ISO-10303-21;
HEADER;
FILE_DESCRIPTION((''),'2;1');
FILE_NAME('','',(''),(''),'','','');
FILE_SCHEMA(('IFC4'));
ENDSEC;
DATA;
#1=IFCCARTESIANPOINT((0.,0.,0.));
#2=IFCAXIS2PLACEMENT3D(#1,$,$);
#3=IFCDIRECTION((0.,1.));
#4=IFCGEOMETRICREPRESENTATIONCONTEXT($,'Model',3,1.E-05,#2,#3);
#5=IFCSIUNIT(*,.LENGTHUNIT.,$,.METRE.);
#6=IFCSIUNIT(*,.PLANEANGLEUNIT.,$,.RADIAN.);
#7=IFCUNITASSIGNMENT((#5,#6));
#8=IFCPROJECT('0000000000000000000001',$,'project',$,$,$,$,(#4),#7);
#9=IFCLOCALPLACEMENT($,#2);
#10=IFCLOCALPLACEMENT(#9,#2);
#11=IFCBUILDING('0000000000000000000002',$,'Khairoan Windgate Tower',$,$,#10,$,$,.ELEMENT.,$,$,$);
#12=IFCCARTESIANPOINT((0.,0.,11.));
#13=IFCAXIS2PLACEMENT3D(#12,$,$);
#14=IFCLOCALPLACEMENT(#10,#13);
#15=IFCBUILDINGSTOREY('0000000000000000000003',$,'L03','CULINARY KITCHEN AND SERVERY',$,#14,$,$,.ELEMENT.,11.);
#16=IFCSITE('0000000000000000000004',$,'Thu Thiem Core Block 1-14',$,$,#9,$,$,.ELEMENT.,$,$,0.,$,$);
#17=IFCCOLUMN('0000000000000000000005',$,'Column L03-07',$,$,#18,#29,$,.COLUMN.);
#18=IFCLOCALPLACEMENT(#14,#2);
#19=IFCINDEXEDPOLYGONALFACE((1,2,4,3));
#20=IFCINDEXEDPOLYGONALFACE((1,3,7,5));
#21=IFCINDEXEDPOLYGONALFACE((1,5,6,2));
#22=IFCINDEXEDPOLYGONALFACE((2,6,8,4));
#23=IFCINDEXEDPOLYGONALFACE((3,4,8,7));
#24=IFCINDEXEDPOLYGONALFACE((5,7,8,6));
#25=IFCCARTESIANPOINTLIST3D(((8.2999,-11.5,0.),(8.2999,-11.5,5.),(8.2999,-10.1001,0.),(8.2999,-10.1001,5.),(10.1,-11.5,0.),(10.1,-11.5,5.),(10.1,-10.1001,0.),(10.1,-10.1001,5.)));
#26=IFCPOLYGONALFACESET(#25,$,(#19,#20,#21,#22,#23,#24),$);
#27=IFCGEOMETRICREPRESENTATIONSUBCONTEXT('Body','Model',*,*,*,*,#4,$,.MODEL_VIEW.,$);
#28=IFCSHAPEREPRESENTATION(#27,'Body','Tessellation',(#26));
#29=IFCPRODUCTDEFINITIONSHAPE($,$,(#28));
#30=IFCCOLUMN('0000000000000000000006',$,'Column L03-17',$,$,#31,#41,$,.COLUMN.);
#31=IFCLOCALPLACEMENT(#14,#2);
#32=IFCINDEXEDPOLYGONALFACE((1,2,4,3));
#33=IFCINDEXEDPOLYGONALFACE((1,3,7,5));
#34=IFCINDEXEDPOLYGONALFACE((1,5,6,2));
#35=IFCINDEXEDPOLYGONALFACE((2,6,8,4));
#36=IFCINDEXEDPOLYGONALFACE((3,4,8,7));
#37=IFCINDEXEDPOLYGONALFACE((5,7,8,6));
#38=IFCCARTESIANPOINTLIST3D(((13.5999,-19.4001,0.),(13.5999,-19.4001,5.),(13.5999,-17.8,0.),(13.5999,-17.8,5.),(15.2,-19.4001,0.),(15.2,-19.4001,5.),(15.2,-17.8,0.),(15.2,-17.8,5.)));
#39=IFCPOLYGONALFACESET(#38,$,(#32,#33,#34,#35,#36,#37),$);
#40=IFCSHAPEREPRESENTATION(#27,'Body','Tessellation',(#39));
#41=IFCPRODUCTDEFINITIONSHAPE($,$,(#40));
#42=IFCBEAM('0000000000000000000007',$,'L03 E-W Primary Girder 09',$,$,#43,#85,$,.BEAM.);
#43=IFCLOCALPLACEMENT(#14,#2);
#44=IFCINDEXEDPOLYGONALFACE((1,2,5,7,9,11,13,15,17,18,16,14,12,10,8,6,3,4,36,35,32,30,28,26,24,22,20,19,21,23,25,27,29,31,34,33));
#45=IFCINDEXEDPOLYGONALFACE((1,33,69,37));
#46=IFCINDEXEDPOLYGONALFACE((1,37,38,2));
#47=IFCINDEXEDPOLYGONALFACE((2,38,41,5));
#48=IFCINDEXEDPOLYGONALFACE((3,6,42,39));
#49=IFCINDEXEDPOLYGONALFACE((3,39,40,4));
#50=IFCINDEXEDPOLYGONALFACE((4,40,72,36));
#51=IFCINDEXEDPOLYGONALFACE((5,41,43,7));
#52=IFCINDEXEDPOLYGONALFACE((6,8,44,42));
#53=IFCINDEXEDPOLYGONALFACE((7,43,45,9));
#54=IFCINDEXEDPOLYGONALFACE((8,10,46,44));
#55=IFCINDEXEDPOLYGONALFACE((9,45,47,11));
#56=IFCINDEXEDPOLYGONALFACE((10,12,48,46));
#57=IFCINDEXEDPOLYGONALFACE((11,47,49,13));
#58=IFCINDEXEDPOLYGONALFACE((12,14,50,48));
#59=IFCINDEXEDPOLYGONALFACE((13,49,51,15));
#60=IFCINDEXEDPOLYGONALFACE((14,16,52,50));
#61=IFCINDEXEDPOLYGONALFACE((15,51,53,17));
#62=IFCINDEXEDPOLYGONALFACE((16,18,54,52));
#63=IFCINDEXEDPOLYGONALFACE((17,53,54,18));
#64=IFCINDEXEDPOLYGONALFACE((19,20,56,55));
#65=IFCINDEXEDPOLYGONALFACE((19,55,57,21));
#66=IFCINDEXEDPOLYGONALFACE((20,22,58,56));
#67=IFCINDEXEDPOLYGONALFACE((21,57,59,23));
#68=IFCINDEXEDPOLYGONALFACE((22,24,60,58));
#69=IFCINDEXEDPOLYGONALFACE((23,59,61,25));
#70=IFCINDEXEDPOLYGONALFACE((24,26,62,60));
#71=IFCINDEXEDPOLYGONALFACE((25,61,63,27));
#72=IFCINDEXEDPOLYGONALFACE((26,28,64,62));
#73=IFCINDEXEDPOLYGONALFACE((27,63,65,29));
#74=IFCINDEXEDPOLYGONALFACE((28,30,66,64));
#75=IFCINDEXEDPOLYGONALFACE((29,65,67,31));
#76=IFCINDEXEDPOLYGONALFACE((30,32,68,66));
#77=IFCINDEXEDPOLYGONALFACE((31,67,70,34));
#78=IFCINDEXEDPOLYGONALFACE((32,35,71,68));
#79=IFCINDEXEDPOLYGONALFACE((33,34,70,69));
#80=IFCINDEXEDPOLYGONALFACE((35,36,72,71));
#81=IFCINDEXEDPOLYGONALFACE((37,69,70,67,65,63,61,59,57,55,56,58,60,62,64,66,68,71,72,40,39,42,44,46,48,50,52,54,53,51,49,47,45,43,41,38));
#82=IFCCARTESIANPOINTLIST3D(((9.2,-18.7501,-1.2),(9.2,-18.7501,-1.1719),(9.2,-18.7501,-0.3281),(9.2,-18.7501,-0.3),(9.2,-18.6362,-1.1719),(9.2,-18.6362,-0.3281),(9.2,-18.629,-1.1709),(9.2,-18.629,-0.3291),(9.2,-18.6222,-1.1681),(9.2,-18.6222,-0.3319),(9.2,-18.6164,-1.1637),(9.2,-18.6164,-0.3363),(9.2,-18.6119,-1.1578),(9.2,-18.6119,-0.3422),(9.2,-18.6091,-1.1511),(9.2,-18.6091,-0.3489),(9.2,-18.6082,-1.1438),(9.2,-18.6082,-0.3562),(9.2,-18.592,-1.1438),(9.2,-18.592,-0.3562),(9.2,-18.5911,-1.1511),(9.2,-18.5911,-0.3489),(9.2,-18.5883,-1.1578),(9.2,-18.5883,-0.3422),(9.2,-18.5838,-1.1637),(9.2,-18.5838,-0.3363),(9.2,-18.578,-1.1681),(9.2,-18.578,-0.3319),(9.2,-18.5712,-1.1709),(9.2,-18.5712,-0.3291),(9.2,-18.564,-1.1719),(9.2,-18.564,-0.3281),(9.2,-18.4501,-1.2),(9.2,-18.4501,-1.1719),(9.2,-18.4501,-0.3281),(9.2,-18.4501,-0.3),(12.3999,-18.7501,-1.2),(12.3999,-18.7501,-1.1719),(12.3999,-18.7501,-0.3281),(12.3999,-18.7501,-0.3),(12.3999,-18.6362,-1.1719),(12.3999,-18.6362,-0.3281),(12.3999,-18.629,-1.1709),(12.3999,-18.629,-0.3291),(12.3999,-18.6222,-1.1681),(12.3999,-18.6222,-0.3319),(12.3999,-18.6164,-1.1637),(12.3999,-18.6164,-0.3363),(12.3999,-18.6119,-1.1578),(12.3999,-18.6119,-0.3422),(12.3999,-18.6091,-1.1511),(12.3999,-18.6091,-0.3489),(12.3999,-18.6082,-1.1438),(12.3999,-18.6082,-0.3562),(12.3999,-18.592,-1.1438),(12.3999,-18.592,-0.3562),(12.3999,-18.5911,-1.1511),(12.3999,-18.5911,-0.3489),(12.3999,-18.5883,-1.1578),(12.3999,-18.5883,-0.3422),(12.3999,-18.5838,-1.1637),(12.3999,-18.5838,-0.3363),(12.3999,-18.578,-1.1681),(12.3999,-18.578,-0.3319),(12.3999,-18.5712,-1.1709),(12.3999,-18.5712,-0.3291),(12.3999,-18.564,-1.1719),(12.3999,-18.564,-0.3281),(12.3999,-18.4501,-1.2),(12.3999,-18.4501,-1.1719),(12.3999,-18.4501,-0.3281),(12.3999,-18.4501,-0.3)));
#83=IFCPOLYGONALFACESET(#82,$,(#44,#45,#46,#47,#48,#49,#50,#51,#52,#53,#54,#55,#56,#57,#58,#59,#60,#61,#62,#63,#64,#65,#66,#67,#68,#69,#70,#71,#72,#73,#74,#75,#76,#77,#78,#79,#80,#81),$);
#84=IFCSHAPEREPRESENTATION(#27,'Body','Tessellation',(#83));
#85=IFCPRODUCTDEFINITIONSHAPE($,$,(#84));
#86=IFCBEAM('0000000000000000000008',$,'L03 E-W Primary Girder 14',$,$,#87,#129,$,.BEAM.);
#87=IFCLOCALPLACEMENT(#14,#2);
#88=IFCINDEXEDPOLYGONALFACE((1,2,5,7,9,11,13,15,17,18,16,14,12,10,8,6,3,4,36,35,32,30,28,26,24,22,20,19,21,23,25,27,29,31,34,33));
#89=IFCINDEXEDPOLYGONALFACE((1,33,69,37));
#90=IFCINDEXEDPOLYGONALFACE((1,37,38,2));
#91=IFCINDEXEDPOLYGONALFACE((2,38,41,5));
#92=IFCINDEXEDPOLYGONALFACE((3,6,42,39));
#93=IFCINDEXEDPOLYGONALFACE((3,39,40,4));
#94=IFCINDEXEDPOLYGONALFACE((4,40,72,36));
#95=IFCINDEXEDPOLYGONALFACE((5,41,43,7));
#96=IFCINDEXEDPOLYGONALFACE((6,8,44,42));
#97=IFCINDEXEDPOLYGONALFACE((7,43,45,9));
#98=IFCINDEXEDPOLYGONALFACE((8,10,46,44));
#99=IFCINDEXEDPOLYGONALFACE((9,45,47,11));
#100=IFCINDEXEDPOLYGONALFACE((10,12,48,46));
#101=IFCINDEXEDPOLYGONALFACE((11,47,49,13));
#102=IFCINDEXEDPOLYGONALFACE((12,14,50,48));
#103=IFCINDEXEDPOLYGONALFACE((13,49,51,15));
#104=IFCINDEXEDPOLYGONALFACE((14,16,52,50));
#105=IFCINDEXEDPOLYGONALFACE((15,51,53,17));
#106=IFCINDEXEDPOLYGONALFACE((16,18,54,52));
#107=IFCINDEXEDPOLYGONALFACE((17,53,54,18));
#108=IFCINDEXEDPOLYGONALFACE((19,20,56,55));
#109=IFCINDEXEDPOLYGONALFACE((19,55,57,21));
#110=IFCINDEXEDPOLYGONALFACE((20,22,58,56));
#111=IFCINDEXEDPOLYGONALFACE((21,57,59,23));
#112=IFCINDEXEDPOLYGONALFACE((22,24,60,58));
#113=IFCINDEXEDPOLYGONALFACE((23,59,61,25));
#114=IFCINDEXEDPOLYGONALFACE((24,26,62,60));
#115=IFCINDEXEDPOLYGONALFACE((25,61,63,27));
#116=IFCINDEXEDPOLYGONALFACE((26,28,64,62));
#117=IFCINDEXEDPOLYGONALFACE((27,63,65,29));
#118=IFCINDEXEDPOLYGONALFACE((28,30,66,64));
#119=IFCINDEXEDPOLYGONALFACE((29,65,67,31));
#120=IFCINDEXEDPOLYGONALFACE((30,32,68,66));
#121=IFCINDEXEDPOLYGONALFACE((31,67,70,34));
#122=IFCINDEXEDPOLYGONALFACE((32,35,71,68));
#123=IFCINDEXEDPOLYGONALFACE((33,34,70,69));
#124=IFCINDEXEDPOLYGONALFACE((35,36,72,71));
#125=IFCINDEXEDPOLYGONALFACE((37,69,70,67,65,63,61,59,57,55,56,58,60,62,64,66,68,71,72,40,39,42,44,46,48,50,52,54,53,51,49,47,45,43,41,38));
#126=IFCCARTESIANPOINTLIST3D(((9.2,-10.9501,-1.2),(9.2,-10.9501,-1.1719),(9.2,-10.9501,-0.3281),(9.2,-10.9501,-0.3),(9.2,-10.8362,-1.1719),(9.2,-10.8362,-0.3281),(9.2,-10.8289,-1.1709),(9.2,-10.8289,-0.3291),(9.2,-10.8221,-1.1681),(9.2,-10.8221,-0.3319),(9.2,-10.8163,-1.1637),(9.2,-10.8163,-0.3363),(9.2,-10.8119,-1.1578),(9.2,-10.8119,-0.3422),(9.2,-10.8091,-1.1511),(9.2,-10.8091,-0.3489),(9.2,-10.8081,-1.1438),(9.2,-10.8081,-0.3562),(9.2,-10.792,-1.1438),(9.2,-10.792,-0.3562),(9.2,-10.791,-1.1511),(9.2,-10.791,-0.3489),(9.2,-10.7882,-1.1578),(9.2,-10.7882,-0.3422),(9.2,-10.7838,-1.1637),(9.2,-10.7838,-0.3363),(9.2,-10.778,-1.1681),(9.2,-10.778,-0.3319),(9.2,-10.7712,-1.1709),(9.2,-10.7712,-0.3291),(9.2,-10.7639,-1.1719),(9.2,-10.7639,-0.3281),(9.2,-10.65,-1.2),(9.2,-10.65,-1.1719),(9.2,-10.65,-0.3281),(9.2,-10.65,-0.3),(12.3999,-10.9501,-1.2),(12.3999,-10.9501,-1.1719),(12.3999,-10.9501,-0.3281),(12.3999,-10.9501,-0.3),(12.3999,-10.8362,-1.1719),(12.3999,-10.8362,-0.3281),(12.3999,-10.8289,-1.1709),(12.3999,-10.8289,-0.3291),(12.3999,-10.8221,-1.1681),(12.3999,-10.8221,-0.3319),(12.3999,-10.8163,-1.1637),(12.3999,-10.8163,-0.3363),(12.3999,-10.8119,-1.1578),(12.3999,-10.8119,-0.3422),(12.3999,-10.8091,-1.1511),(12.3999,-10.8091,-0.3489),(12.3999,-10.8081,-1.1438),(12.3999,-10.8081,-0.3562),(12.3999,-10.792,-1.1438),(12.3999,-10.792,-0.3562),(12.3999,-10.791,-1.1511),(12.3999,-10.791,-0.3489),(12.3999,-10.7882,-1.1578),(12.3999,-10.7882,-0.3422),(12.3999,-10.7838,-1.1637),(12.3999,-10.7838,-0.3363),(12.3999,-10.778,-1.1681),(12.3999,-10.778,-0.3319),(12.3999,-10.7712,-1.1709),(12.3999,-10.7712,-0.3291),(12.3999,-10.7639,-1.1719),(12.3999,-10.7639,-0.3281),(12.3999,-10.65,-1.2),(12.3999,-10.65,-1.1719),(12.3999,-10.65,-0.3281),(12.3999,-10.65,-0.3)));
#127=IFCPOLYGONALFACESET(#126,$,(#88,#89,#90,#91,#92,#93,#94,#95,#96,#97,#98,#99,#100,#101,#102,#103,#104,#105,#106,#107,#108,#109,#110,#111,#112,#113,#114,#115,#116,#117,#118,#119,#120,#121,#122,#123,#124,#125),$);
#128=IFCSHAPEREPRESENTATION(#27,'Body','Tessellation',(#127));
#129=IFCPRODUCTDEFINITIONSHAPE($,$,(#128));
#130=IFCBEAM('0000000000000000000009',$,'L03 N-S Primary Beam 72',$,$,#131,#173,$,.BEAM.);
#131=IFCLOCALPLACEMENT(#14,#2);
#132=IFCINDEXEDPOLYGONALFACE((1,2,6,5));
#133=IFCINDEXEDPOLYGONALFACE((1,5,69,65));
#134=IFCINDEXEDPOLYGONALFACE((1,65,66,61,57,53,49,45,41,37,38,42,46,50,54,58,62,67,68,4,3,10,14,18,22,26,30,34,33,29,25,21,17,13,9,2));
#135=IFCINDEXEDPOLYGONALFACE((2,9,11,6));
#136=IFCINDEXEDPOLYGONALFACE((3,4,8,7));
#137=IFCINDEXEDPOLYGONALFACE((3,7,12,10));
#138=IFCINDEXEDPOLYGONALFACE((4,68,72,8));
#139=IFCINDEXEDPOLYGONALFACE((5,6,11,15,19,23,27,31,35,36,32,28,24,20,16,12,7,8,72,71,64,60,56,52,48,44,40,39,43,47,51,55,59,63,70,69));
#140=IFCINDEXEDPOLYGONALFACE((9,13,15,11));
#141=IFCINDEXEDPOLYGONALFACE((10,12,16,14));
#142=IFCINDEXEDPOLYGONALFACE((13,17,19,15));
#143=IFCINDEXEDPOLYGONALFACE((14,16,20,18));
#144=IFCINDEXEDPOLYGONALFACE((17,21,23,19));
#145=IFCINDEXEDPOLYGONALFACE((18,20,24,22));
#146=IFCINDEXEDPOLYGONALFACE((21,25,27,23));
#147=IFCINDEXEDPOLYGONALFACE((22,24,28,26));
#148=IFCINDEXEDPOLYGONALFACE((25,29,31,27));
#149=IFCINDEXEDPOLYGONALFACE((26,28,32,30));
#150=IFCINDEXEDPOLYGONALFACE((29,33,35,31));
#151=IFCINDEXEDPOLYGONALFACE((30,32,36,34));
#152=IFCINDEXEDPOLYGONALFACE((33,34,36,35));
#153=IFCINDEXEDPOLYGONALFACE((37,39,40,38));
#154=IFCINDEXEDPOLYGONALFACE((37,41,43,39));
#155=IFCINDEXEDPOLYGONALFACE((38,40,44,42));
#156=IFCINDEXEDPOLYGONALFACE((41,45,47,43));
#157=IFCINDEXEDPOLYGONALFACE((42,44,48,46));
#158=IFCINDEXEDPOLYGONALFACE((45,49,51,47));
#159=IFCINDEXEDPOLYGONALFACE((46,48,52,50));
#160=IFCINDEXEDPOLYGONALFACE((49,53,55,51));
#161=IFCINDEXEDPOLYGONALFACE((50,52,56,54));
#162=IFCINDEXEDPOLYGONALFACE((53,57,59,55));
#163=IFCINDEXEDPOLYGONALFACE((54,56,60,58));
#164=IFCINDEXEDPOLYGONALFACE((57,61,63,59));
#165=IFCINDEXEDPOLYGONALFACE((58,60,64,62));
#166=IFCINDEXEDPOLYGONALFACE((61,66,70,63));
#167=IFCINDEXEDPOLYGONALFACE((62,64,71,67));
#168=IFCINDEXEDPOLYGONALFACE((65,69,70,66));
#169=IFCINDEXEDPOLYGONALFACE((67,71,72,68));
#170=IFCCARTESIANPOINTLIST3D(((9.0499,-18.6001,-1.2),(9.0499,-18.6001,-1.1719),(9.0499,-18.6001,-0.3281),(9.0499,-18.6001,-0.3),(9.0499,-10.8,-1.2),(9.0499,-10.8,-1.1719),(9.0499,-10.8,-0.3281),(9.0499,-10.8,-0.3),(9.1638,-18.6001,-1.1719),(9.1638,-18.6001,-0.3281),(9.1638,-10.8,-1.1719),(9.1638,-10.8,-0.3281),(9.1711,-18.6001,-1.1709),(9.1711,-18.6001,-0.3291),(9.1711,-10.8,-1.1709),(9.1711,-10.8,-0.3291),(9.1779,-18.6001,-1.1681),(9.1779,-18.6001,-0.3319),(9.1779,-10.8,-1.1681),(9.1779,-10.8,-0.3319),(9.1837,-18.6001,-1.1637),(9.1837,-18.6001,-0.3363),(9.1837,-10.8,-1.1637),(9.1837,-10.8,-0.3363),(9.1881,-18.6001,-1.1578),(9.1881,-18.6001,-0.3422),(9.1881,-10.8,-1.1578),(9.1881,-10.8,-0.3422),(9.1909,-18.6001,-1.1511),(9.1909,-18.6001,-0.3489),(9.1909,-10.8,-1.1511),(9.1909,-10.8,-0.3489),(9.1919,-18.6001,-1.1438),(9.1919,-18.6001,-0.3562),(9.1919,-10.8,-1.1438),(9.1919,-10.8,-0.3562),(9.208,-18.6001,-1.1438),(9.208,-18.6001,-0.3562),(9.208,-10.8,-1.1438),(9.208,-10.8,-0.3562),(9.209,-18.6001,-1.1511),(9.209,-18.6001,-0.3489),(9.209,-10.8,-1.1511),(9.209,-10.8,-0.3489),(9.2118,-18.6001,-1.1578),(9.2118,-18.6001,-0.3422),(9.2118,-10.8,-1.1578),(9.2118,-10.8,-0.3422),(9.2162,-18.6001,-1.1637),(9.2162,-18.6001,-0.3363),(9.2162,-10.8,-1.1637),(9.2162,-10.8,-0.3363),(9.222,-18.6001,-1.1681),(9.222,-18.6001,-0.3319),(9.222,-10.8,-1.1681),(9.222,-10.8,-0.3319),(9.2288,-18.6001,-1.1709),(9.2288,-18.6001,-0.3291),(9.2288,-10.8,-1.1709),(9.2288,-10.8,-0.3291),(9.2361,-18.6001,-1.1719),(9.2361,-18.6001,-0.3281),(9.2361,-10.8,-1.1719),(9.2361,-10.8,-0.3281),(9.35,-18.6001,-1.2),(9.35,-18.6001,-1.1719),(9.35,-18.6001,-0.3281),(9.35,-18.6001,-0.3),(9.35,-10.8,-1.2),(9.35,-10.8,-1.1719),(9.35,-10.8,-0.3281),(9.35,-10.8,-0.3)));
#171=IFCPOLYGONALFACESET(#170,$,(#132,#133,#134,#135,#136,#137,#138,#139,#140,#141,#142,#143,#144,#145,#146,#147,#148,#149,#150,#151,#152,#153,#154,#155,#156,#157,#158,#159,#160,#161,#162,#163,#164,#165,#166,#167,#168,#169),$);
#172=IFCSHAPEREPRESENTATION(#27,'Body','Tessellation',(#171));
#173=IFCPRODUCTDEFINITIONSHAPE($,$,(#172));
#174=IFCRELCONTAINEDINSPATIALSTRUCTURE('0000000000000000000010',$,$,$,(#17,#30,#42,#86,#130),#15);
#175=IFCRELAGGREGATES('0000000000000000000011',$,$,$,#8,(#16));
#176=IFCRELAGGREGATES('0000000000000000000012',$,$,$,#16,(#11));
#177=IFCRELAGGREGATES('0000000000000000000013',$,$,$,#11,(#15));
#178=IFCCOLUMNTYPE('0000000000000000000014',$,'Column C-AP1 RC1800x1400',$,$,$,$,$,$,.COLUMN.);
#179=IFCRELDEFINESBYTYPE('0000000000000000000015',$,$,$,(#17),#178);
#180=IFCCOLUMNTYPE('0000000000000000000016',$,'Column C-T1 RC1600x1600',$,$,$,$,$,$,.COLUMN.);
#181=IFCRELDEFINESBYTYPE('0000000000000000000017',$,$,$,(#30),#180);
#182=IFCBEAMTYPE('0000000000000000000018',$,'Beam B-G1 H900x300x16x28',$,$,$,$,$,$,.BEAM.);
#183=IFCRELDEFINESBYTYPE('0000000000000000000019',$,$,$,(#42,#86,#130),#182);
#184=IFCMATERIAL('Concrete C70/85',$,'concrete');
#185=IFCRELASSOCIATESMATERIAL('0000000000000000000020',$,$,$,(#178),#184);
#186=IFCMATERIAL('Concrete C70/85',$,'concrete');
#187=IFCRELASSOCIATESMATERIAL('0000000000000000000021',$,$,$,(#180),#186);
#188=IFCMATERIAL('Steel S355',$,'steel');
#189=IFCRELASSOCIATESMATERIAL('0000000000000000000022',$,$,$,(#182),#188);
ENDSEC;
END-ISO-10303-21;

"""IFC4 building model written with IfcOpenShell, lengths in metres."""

from ifc_helpers import new_model, si_unit, direction, frame, origin, origin_2d, place, context, subcontext, project, spatial, rectangle, i_section, extrude, material, material_profile, profile_set, type_object, element, save


model = new_model("IFC4")

# Units and contexts
model_context = context("Model", 3, precision=1e-05, world=origin(), true_north=direction((0.0, 1.0)))
body_context = subcontext(model_context, "Body", "Model", "MODEL_VIEW")
ifc_project = project(units=[si_unit("LENGTHUNIT", "METRE"), si_unit("PLANEANGLEUNIT", "RADIAN")], contexts=[model_context])

# Site, building, storey
site_placement = place(None, origin())
site = spatial("IfcSite", under=ifc_project, at=site_placement, Name="Thu Thiem Core Block 1-14", CompositionType="ELEMENT", RefElevation=0.0)
building_placement = place(site_placement, origin())
building = spatial("IfcBuilding", under=site, at=building_placement, Name="Khairoan Windgate Tower", CompositionType="ELEMENT")
storey_placement = place(building_placement, frame((0.0, 0.0, 11.0)))
storey = spatial("IfcBuildingStorey", under=building, at=storey_placement, Name="L03", Description="CULINARY KITCHEN AND SERVERY", CompositionType="ELEMENT", Elevation=11.0)

# Columns
ifc_material_1 = material(Name="Concrete C70/85", Category="concrete")
ifc_material_profile_1 = material_profile(ifc_material_1, rectangle(XDim=1.8, YDim=1.3999, at=origin_2d()))
ifc_profile_set_1 = profile_set([ifc_material_profile_1], Name="Concrete C70/85")
column_type_1 = type_object("IfcColumnType", Name="Column C-AP1 RC1800x1400", PredefinedType="COLUMN", material=ifc_profile_set_1)
column_1_placement = place(storey_placement, frame((9.2, -10.8, 0.0), z_axis=(0.0, 0.0, 1.0), x_axis=(1.0, 0.0, 0.0)))
element("IfcColumn", 1, at=column_1_placement, inside=storey, type_object=column_type_1, Name="Column L03-07", PredefinedType="COLUMN", context=body_context, shape_type="SweptSolid", body=[
    extrude(rectangle(XDim=1.8, YDim=1.3999, at=origin_2d()), origin(), (0.0, 0.0, 1.0), 5.0),
])
ifc_material_2 = material(Name="Concrete C70/85", Category="concrete")
ifc_material_profile_2 = material_profile(ifc_material_2, rectangle(XDim=1.6001, YDim=1.6001, at=origin_2d()))
ifc_profile_set_2 = profile_set([ifc_material_profile_2], Name="Concrete C70/85")
column_type_2 = type_object("IfcColumnType", Name="Column C-T1 RC1600x1600", PredefinedType="COLUMN", material=ifc_profile_set_2)
column_2_placement = place(storey_placement, frame((14.3999, -18.6001, 0.0), z_axis=(0.0, 0.0, 1.0), x_axis=(1.0, 0.0, 0.0)))
element("IfcColumn", 2, at=column_2_placement, inside=storey, type_object=column_type_2, Name="Column L03-17", PredefinedType="COLUMN", context=body_context, shape_type="SweptSolid", body=[
    extrude(rectangle(XDim=1.6001, YDim=1.6001, at=origin_2d()), origin(), (0.0, 0.0, 1.0), 5.0),
])

# Beams
ifc_material_3 = material(Name="Steel S355", Category="steel")
ifc_material_profile_3 = material_profile(ifc_material_3, i_section(OverallWidth=0.3, OverallDepth=0.8999, WebThickness=0.0161, FlangeThickness=0.0281, FilletRadius=0.0281, at=origin_2d()))
ifc_profile_set_3 = profile_set([ifc_material_profile_3], Name="Steel S355")
beam_type_1 = type_object("IfcBeamType", Name="Beam B-G1 H900x300x16x28", PredefinedType="BEAM", material=ifc_profile_set_3)
for number, where, z_axis, x_axis, name in (
    (3, (9.2, -18.6001, -0.75), (1.0, 0.0, 0.0), (0.0, 1.0, 0.0), "L03 E-W Primary Girder 09"),
    (4, (9.2, -10.8, -0.75), (1.0, 0.0, 0.0), (0.0, 1.0, 0.0), "L03 E-W Primary Girder 14"),
):
    element("IfcBeam", number, at=place(storey_placement, frame(where, z_axis=z_axis, x_axis=x_axis)), inside=storey, type_object=beam_type_1, Name=name, PredefinedType="BEAM", context=body_context, shape_type="SweptSolid", body=[
        extrude(i_section(OverallWidth=0.3, OverallDepth=0.8999, WebThickness=0.0161, FlangeThickness=0.0281, FilletRadius=0.0281, at=origin_2d()), origin(), (0.0, 0.0, 1.0), 3.2),
    ])
beam_1_placement = place(storey_placement, frame((9.2, -18.6001, -0.75), z_axis=(0.0, 1.0, 0.0), x_axis=(-1.0, 0.0, 0.0)))
element("IfcBeam", 5, at=beam_1_placement, inside=storey, type_object=beam_type_1, Name="L03 N-S Primary Beam 72", PredefinedType="BEAM", context=body_context, shape_type="SweptSolid", body=[
    extrude(i_section(OverallWidth=0.3, OverallDepth=0.8999, WebThickness=0.0161, FlangeThickness=0.0281, FilletRadius=0.0281, at=origin_2d()), origin(), (0.0, 0.0, 1.0), 7.8),
])

save(model, "model.ifc")
